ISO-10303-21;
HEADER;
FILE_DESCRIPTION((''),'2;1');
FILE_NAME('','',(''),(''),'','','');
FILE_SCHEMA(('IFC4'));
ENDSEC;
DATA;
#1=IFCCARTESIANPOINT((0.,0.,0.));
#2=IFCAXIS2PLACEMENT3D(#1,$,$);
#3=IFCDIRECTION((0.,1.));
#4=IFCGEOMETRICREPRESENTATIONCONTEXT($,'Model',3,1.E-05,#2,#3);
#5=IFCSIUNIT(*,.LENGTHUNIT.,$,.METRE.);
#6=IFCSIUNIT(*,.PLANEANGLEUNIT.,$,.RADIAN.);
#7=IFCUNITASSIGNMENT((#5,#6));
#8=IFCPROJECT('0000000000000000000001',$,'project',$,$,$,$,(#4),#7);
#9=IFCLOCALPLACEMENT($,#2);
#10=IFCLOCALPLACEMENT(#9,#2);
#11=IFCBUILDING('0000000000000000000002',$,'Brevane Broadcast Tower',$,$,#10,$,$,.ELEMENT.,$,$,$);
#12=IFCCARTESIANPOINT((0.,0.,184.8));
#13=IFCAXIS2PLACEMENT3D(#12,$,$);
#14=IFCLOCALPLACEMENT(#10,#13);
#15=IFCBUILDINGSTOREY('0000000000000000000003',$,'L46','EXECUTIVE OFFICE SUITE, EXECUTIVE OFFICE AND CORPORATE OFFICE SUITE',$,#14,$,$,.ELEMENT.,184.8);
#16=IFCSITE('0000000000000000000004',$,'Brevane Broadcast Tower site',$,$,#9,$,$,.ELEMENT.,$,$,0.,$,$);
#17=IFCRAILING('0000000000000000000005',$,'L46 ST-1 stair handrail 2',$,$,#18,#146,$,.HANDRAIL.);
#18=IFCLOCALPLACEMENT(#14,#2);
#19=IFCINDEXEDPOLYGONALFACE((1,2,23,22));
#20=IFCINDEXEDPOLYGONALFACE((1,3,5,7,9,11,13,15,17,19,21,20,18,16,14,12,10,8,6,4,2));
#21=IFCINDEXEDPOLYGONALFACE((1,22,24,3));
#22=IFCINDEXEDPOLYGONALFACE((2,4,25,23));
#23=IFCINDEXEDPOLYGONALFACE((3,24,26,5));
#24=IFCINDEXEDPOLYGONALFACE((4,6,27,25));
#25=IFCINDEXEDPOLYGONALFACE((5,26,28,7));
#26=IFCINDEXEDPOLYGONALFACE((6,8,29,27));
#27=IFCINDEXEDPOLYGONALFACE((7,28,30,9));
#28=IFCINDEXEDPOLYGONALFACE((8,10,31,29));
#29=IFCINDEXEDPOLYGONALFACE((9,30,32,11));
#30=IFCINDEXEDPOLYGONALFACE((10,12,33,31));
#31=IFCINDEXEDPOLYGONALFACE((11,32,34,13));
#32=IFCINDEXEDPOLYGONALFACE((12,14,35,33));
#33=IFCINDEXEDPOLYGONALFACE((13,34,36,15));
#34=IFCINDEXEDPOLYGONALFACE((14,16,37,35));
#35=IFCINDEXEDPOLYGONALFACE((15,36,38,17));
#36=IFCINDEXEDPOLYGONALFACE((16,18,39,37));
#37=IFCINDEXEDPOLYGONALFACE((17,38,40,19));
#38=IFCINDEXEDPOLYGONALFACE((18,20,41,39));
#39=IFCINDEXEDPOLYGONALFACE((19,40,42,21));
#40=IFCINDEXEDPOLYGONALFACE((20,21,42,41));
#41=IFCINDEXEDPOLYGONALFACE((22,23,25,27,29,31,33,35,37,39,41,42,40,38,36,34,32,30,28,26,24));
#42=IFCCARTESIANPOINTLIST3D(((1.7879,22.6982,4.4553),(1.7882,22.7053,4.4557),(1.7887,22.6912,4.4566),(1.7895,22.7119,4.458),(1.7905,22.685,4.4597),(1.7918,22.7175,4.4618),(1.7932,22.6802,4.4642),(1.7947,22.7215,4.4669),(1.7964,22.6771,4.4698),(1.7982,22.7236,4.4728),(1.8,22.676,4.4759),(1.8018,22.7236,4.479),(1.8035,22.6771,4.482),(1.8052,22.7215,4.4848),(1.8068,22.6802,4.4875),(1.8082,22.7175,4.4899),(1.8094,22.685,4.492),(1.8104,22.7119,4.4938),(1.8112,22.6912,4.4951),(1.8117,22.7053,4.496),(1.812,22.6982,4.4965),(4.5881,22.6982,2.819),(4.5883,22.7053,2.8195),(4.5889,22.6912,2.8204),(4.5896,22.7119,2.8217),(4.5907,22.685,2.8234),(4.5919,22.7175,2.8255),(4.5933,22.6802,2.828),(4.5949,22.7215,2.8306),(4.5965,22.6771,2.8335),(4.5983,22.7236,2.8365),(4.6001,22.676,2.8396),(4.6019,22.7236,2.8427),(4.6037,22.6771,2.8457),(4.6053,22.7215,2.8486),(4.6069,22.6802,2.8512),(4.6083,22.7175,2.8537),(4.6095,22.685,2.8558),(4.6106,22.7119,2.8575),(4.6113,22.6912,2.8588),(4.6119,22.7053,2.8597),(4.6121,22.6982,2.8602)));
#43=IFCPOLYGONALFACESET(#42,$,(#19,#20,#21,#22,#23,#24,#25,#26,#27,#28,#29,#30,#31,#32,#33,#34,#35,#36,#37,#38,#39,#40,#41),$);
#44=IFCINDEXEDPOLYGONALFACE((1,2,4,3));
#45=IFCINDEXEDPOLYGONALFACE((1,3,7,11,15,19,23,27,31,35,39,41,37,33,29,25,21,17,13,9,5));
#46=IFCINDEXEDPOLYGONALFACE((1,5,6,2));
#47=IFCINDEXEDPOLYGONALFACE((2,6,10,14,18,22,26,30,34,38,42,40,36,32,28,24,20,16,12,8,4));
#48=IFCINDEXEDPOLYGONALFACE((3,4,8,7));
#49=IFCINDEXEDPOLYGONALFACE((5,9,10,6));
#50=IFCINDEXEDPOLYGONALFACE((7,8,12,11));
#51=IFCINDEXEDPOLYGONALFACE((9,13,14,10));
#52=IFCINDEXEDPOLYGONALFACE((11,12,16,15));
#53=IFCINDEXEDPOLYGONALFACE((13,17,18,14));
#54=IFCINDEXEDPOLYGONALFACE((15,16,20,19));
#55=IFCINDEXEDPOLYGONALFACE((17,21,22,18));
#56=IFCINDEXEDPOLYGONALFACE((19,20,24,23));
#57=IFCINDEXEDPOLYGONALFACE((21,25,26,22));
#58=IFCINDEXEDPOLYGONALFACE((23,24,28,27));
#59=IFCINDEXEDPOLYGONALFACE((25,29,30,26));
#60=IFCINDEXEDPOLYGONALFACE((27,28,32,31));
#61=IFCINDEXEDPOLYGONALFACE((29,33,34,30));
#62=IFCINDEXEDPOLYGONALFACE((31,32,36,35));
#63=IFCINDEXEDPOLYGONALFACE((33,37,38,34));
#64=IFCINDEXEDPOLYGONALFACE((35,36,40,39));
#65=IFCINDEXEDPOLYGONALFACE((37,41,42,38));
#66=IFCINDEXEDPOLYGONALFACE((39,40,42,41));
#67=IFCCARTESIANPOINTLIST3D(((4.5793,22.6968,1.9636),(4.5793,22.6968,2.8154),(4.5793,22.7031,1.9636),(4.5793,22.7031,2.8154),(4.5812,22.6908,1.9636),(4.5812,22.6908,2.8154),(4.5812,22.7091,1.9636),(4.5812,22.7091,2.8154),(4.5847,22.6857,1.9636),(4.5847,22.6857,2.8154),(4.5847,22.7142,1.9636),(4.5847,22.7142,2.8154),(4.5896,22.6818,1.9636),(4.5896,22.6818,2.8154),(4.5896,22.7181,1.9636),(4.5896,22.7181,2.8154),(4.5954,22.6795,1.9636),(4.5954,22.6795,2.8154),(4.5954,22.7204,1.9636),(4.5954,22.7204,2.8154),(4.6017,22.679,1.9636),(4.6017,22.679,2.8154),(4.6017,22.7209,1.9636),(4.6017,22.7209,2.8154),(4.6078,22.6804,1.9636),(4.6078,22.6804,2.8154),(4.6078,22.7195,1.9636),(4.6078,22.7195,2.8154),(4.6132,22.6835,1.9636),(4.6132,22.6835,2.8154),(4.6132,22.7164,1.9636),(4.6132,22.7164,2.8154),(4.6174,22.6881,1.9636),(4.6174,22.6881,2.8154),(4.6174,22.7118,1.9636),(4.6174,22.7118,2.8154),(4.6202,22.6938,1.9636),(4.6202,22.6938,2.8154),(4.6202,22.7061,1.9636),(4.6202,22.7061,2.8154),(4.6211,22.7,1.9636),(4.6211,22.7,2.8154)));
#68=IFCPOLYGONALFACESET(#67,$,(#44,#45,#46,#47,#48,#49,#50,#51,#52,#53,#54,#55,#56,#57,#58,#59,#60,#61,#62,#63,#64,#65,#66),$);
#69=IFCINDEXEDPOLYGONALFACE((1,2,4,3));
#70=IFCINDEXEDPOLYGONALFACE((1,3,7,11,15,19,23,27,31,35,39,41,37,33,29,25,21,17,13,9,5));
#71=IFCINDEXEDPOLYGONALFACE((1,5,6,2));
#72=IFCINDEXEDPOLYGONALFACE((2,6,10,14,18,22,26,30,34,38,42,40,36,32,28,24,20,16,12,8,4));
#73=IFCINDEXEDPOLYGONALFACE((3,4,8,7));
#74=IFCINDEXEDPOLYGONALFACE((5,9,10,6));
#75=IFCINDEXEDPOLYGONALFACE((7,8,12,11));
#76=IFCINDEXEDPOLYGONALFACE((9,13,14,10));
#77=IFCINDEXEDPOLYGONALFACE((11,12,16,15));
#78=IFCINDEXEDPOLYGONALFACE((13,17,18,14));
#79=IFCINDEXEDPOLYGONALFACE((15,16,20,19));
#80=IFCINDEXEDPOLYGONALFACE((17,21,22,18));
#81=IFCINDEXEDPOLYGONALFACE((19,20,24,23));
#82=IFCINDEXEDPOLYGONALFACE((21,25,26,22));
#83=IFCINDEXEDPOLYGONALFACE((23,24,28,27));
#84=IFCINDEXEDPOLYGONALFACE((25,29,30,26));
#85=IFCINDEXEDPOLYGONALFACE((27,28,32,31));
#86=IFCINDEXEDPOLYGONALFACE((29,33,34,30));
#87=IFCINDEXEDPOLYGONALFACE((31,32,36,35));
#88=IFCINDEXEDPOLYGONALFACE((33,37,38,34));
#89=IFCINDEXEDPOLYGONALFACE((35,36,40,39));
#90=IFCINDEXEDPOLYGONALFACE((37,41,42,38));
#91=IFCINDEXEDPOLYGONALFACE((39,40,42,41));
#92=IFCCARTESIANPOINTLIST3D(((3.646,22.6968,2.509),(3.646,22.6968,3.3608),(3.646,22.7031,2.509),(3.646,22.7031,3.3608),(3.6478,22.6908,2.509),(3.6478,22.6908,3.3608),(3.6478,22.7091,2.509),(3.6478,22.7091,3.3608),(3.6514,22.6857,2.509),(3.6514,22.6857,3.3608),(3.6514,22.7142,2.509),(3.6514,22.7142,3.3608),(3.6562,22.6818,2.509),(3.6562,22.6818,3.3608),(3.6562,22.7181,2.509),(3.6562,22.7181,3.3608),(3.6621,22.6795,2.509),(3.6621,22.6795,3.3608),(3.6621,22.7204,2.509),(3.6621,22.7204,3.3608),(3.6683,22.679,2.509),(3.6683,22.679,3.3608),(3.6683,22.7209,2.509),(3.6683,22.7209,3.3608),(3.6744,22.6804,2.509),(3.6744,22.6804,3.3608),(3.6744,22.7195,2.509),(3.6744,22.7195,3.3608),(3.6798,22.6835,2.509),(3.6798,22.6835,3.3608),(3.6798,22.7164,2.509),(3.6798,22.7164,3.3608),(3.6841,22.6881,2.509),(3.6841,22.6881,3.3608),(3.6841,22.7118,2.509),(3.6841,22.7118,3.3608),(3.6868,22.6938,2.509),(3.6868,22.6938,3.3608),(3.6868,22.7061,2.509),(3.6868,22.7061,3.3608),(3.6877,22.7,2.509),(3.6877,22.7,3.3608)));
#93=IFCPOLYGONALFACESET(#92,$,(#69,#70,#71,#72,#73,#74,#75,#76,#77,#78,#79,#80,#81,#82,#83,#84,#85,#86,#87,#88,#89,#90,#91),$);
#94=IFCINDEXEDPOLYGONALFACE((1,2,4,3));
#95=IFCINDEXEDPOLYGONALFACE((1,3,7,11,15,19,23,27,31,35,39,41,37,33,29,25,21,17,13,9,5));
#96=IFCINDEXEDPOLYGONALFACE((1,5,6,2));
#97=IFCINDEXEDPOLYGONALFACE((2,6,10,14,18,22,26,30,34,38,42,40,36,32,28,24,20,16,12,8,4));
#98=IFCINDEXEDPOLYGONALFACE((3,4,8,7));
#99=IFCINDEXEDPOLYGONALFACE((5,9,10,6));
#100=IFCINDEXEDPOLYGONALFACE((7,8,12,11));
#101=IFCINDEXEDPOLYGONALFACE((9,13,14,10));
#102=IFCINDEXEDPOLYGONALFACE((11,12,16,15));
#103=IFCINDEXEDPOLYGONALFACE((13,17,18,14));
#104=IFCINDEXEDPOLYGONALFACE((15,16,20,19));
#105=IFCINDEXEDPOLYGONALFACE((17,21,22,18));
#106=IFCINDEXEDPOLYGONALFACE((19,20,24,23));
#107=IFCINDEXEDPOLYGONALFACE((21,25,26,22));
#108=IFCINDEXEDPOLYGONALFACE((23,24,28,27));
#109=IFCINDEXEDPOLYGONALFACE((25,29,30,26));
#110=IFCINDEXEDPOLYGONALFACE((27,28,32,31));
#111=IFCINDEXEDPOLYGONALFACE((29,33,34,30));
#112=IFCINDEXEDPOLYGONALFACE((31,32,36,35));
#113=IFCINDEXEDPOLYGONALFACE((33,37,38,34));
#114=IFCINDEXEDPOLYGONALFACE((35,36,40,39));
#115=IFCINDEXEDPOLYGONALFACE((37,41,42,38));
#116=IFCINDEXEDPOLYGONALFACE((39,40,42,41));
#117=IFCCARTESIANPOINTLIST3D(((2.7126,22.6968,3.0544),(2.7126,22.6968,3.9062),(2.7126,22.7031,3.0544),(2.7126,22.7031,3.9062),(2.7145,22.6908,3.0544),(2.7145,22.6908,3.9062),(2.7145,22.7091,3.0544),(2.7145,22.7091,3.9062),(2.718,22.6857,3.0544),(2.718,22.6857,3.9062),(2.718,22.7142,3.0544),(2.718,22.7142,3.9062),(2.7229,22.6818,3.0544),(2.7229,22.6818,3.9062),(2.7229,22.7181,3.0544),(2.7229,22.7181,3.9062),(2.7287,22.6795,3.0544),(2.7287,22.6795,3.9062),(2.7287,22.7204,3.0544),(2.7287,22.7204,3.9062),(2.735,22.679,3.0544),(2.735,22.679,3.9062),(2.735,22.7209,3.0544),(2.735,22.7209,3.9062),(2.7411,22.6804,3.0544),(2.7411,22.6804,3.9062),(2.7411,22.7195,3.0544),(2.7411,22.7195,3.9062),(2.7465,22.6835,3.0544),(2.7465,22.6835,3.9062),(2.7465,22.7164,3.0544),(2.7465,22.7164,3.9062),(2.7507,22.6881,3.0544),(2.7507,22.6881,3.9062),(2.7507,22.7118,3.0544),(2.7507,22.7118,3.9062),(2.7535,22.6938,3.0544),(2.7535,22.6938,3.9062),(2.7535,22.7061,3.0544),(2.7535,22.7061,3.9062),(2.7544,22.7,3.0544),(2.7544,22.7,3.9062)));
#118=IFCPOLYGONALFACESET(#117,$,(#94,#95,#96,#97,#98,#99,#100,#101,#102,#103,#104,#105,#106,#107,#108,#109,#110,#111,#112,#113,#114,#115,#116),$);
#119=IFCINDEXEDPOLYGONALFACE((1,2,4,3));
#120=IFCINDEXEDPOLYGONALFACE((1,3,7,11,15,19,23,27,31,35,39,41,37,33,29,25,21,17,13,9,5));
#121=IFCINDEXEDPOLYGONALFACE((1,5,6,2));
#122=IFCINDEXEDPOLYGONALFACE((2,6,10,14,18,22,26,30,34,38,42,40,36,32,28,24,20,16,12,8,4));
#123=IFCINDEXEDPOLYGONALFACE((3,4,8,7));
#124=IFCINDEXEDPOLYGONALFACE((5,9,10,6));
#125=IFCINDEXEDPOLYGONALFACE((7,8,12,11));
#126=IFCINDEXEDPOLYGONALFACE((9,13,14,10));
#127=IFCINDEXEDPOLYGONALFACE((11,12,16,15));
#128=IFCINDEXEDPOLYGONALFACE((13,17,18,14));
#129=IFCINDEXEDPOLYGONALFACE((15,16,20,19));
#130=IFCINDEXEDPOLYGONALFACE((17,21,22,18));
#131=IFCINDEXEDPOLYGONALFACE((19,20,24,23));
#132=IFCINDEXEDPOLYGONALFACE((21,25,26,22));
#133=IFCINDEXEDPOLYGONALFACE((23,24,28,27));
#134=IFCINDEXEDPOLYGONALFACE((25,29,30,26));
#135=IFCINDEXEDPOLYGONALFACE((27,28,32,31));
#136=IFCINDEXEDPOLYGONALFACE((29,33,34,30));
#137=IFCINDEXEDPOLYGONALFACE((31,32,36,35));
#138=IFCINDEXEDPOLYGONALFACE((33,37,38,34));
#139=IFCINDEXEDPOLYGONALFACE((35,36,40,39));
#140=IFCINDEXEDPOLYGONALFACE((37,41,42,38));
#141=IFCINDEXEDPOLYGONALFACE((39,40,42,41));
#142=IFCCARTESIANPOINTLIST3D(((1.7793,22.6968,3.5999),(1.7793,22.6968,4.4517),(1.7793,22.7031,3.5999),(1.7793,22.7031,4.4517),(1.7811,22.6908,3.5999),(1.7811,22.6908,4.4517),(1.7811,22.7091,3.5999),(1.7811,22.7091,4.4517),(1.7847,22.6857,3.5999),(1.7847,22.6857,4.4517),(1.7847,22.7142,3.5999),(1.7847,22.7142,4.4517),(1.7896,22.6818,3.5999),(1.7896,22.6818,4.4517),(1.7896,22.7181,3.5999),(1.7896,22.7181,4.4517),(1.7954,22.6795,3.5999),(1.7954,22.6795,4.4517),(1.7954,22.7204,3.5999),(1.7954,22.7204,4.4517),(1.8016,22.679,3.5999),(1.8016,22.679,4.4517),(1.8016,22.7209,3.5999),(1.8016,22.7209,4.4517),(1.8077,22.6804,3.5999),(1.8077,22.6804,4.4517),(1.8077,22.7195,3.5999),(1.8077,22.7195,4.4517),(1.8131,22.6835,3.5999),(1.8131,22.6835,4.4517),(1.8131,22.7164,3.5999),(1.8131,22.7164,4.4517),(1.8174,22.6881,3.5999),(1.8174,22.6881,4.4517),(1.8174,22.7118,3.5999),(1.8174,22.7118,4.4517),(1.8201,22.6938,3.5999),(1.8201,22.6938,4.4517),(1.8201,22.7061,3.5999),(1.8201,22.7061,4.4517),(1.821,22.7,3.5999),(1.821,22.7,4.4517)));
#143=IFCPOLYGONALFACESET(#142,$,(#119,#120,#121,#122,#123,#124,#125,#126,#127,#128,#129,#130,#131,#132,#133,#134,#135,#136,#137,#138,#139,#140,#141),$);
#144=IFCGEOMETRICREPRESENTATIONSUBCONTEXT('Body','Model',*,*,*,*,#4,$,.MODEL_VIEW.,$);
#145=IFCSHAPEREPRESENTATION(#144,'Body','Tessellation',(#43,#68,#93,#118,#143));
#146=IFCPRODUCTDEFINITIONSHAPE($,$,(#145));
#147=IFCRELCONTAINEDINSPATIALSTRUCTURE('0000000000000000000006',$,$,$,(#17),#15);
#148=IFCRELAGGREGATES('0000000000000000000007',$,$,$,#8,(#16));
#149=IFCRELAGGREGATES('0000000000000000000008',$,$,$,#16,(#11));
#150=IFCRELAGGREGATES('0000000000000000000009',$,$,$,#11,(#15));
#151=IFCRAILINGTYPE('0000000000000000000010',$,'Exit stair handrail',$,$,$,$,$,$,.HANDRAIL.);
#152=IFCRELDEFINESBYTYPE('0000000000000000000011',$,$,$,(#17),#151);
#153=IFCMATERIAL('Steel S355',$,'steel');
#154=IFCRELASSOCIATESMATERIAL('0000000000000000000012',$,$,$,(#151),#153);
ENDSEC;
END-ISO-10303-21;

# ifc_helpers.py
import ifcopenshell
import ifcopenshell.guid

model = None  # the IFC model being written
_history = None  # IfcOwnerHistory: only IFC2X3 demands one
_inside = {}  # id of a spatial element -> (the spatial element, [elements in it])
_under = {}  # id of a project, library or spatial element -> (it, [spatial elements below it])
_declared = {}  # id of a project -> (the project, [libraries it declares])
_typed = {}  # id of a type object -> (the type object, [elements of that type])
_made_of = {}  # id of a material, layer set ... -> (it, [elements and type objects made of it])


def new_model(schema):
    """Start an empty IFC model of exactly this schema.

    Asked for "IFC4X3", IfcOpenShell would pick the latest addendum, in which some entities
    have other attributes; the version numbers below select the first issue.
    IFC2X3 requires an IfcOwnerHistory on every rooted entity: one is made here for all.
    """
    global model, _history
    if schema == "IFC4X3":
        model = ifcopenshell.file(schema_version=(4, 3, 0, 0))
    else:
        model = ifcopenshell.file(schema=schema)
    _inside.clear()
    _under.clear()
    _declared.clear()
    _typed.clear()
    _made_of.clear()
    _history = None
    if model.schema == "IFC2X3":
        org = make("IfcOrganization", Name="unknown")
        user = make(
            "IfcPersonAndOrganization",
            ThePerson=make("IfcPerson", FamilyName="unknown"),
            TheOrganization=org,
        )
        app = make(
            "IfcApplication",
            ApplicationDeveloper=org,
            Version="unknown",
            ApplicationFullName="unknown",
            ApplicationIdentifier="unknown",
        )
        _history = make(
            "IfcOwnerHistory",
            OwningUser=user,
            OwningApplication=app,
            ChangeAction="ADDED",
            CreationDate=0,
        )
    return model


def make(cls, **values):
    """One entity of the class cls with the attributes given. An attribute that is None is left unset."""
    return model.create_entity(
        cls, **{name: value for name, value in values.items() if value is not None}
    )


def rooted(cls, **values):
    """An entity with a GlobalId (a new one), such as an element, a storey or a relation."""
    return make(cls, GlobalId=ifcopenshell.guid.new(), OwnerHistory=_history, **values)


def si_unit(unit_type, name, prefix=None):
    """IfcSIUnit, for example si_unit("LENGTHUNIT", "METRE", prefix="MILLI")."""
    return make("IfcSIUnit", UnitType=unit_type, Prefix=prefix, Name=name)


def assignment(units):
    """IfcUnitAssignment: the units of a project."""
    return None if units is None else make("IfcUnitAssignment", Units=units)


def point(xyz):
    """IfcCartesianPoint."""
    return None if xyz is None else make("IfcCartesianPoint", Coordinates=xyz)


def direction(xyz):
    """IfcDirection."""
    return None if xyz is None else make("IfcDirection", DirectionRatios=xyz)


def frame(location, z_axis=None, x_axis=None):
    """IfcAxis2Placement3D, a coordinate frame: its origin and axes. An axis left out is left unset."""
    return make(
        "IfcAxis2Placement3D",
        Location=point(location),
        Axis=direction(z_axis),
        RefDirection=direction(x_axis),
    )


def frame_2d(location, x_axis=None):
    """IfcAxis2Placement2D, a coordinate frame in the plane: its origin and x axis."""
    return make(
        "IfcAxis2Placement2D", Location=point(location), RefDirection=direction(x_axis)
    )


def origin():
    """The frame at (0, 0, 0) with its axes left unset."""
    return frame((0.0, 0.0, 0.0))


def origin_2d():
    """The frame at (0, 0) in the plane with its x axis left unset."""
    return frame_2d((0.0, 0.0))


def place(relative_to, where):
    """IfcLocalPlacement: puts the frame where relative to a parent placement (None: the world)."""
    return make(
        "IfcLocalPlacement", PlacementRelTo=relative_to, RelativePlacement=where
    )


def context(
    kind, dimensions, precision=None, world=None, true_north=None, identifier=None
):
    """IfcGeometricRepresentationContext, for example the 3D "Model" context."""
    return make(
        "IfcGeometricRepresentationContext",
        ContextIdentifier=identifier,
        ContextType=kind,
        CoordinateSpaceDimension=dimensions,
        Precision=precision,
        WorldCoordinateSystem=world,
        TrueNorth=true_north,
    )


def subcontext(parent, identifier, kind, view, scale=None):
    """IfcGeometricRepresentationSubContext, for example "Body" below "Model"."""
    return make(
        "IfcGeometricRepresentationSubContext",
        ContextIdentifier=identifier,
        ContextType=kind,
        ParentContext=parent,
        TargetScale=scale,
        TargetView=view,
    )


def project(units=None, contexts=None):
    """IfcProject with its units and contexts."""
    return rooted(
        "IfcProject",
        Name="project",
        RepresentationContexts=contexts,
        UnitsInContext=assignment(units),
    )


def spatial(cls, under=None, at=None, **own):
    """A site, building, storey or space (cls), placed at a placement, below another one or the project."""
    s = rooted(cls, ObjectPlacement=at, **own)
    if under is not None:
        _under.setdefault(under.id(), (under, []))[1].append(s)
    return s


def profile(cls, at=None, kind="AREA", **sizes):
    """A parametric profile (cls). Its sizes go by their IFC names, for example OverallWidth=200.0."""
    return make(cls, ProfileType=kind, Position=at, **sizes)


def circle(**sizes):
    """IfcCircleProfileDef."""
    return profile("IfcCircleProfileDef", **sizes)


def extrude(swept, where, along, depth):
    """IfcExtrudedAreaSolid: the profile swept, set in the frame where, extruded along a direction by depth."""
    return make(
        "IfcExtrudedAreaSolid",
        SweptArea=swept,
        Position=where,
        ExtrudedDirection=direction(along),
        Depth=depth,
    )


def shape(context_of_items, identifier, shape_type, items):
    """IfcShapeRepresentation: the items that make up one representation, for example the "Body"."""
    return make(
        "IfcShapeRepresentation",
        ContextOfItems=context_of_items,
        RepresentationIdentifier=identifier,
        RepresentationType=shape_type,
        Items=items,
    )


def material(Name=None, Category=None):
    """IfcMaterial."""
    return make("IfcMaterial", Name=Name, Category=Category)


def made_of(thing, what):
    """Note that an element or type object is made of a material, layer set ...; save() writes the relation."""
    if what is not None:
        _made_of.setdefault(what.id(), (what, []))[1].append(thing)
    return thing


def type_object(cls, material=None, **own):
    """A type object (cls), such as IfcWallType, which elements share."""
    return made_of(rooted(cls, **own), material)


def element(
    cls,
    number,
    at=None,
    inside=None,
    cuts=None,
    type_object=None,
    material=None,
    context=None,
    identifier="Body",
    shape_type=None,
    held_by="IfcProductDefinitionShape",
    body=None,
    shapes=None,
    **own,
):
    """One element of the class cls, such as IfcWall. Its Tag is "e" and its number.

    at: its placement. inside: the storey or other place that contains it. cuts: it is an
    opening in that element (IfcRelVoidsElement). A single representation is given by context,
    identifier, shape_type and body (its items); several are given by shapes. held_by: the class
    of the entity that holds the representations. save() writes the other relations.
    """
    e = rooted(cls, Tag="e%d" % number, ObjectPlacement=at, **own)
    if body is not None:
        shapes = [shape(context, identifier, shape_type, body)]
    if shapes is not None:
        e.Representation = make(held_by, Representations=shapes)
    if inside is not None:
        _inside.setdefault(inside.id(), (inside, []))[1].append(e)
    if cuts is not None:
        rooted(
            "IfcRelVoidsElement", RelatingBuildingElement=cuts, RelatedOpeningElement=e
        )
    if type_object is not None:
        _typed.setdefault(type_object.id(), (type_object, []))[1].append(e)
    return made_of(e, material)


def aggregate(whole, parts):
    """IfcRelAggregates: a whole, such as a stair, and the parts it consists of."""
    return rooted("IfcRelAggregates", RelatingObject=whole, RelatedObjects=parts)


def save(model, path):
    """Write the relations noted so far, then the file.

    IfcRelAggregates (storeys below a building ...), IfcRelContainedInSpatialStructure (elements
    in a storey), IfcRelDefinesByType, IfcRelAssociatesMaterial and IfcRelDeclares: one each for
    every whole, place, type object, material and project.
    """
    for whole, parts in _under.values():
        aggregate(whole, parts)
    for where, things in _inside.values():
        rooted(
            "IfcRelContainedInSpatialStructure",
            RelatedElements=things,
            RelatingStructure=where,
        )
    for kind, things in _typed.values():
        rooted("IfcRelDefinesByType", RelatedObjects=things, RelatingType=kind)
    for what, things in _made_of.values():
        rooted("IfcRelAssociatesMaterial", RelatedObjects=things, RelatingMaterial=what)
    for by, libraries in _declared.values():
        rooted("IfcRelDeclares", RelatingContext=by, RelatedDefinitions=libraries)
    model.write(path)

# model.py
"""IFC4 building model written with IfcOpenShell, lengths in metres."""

from ifc_helpers import new_model, si_unit, direction, frame, origin, origin_2d, place, context, subcontext, project, spatial, circle, extrude, material, type_object, element, save


model = new_model("IFC4")

# Units and contexts
model_context = context("Model", 3, precision=1e-05, world=origin(), true_north=direction((0.0, 1.0)))
body_context = subcontext(model_context, "Body", "Model", "MODEL_VIEW")
ifc_project = project(units=[si_unit("LENGTHUNIT", "METRE"), si_unit("PLANEANGLEUNIT", "RADIAN")], contexts=[model_context])

# Site, building, storey
site_placement = place(None, origin())
site = spatial("IfcSite", under=ifc_project, at=site_placement, Name="Brevane Broadcast Tower site", CompositionType="ELEMENT", RefElevation=0.0)
building_placement = place(site_placement, origin())
building = spatial("IfcBuilding", under=site, at=building_placement, Name="Brevane Broadcast Tower", CompositionType="ELEMENT")
storey_placement = place(building_placement, frame((0.0, 0.0, 184.8)))
storey = spatial("IfcBuildingStorey", under=building, at=storey_placement, Name="L46", Description="EXECUTIVE OFFICE SUITE, EXECUTIVE OFFICE AND CORPORATE OFFICE SUITE", CompositionType="ELEMENT", Elevation=184.8)

# Railing
ifc_material_1 = material(Name="Steel S355", Category="steel")
railing_type_1 = type_object("IfcRailingType", Name="Exit stair handrail", PredefinedType="HANDRAIL", material=ifc_material_1)
railing_1_placement = place(storey_placement, frame((4.6001, 22.7, 1.9636)))
element("IfcRailing", 1, at=railing_1_placement, inside=storey, type_object=railing_type_1, Name="L46 ST-1 stair handrail 2", PredefinedType="HANDRAIL", context=body_context, shape_type="SweptSolid", body=[
    extrude(circle(Radius=0.0239, at=origin_2d()), frame((0.0, 0.0, 0.876), z_axis=(-0.863394, 0.0, 0.504531), x_axis=(0.0, -1.0, 0.0)), (0.0, 0.0, 1.0), 3.2432),
    extrude(circle(Radius=0.021, at=origin_2d()), origin(), (0.0, 0.0, 1.0), 0.8518),
    extrude(circle(Radius=0.021, at=origin_2d()), frame((-0.9333, 0.0, 0.5454)), (0.0, 0.0, 1.0), 0.8518),
    extrude(circle(Radius=0.021, at=origin_2d()), frame((-1.8667, 0.0, 1.0908)), (0.0, 0.0, 1.0), 0.8518),
    extrude(circle(Radius=0.021, at=origin_2d()), frame((-2.8, 0.0, 1.6362)), (0.0, 0.0, 1.0), 0.8518),
])

save(model, "model.ifc")
